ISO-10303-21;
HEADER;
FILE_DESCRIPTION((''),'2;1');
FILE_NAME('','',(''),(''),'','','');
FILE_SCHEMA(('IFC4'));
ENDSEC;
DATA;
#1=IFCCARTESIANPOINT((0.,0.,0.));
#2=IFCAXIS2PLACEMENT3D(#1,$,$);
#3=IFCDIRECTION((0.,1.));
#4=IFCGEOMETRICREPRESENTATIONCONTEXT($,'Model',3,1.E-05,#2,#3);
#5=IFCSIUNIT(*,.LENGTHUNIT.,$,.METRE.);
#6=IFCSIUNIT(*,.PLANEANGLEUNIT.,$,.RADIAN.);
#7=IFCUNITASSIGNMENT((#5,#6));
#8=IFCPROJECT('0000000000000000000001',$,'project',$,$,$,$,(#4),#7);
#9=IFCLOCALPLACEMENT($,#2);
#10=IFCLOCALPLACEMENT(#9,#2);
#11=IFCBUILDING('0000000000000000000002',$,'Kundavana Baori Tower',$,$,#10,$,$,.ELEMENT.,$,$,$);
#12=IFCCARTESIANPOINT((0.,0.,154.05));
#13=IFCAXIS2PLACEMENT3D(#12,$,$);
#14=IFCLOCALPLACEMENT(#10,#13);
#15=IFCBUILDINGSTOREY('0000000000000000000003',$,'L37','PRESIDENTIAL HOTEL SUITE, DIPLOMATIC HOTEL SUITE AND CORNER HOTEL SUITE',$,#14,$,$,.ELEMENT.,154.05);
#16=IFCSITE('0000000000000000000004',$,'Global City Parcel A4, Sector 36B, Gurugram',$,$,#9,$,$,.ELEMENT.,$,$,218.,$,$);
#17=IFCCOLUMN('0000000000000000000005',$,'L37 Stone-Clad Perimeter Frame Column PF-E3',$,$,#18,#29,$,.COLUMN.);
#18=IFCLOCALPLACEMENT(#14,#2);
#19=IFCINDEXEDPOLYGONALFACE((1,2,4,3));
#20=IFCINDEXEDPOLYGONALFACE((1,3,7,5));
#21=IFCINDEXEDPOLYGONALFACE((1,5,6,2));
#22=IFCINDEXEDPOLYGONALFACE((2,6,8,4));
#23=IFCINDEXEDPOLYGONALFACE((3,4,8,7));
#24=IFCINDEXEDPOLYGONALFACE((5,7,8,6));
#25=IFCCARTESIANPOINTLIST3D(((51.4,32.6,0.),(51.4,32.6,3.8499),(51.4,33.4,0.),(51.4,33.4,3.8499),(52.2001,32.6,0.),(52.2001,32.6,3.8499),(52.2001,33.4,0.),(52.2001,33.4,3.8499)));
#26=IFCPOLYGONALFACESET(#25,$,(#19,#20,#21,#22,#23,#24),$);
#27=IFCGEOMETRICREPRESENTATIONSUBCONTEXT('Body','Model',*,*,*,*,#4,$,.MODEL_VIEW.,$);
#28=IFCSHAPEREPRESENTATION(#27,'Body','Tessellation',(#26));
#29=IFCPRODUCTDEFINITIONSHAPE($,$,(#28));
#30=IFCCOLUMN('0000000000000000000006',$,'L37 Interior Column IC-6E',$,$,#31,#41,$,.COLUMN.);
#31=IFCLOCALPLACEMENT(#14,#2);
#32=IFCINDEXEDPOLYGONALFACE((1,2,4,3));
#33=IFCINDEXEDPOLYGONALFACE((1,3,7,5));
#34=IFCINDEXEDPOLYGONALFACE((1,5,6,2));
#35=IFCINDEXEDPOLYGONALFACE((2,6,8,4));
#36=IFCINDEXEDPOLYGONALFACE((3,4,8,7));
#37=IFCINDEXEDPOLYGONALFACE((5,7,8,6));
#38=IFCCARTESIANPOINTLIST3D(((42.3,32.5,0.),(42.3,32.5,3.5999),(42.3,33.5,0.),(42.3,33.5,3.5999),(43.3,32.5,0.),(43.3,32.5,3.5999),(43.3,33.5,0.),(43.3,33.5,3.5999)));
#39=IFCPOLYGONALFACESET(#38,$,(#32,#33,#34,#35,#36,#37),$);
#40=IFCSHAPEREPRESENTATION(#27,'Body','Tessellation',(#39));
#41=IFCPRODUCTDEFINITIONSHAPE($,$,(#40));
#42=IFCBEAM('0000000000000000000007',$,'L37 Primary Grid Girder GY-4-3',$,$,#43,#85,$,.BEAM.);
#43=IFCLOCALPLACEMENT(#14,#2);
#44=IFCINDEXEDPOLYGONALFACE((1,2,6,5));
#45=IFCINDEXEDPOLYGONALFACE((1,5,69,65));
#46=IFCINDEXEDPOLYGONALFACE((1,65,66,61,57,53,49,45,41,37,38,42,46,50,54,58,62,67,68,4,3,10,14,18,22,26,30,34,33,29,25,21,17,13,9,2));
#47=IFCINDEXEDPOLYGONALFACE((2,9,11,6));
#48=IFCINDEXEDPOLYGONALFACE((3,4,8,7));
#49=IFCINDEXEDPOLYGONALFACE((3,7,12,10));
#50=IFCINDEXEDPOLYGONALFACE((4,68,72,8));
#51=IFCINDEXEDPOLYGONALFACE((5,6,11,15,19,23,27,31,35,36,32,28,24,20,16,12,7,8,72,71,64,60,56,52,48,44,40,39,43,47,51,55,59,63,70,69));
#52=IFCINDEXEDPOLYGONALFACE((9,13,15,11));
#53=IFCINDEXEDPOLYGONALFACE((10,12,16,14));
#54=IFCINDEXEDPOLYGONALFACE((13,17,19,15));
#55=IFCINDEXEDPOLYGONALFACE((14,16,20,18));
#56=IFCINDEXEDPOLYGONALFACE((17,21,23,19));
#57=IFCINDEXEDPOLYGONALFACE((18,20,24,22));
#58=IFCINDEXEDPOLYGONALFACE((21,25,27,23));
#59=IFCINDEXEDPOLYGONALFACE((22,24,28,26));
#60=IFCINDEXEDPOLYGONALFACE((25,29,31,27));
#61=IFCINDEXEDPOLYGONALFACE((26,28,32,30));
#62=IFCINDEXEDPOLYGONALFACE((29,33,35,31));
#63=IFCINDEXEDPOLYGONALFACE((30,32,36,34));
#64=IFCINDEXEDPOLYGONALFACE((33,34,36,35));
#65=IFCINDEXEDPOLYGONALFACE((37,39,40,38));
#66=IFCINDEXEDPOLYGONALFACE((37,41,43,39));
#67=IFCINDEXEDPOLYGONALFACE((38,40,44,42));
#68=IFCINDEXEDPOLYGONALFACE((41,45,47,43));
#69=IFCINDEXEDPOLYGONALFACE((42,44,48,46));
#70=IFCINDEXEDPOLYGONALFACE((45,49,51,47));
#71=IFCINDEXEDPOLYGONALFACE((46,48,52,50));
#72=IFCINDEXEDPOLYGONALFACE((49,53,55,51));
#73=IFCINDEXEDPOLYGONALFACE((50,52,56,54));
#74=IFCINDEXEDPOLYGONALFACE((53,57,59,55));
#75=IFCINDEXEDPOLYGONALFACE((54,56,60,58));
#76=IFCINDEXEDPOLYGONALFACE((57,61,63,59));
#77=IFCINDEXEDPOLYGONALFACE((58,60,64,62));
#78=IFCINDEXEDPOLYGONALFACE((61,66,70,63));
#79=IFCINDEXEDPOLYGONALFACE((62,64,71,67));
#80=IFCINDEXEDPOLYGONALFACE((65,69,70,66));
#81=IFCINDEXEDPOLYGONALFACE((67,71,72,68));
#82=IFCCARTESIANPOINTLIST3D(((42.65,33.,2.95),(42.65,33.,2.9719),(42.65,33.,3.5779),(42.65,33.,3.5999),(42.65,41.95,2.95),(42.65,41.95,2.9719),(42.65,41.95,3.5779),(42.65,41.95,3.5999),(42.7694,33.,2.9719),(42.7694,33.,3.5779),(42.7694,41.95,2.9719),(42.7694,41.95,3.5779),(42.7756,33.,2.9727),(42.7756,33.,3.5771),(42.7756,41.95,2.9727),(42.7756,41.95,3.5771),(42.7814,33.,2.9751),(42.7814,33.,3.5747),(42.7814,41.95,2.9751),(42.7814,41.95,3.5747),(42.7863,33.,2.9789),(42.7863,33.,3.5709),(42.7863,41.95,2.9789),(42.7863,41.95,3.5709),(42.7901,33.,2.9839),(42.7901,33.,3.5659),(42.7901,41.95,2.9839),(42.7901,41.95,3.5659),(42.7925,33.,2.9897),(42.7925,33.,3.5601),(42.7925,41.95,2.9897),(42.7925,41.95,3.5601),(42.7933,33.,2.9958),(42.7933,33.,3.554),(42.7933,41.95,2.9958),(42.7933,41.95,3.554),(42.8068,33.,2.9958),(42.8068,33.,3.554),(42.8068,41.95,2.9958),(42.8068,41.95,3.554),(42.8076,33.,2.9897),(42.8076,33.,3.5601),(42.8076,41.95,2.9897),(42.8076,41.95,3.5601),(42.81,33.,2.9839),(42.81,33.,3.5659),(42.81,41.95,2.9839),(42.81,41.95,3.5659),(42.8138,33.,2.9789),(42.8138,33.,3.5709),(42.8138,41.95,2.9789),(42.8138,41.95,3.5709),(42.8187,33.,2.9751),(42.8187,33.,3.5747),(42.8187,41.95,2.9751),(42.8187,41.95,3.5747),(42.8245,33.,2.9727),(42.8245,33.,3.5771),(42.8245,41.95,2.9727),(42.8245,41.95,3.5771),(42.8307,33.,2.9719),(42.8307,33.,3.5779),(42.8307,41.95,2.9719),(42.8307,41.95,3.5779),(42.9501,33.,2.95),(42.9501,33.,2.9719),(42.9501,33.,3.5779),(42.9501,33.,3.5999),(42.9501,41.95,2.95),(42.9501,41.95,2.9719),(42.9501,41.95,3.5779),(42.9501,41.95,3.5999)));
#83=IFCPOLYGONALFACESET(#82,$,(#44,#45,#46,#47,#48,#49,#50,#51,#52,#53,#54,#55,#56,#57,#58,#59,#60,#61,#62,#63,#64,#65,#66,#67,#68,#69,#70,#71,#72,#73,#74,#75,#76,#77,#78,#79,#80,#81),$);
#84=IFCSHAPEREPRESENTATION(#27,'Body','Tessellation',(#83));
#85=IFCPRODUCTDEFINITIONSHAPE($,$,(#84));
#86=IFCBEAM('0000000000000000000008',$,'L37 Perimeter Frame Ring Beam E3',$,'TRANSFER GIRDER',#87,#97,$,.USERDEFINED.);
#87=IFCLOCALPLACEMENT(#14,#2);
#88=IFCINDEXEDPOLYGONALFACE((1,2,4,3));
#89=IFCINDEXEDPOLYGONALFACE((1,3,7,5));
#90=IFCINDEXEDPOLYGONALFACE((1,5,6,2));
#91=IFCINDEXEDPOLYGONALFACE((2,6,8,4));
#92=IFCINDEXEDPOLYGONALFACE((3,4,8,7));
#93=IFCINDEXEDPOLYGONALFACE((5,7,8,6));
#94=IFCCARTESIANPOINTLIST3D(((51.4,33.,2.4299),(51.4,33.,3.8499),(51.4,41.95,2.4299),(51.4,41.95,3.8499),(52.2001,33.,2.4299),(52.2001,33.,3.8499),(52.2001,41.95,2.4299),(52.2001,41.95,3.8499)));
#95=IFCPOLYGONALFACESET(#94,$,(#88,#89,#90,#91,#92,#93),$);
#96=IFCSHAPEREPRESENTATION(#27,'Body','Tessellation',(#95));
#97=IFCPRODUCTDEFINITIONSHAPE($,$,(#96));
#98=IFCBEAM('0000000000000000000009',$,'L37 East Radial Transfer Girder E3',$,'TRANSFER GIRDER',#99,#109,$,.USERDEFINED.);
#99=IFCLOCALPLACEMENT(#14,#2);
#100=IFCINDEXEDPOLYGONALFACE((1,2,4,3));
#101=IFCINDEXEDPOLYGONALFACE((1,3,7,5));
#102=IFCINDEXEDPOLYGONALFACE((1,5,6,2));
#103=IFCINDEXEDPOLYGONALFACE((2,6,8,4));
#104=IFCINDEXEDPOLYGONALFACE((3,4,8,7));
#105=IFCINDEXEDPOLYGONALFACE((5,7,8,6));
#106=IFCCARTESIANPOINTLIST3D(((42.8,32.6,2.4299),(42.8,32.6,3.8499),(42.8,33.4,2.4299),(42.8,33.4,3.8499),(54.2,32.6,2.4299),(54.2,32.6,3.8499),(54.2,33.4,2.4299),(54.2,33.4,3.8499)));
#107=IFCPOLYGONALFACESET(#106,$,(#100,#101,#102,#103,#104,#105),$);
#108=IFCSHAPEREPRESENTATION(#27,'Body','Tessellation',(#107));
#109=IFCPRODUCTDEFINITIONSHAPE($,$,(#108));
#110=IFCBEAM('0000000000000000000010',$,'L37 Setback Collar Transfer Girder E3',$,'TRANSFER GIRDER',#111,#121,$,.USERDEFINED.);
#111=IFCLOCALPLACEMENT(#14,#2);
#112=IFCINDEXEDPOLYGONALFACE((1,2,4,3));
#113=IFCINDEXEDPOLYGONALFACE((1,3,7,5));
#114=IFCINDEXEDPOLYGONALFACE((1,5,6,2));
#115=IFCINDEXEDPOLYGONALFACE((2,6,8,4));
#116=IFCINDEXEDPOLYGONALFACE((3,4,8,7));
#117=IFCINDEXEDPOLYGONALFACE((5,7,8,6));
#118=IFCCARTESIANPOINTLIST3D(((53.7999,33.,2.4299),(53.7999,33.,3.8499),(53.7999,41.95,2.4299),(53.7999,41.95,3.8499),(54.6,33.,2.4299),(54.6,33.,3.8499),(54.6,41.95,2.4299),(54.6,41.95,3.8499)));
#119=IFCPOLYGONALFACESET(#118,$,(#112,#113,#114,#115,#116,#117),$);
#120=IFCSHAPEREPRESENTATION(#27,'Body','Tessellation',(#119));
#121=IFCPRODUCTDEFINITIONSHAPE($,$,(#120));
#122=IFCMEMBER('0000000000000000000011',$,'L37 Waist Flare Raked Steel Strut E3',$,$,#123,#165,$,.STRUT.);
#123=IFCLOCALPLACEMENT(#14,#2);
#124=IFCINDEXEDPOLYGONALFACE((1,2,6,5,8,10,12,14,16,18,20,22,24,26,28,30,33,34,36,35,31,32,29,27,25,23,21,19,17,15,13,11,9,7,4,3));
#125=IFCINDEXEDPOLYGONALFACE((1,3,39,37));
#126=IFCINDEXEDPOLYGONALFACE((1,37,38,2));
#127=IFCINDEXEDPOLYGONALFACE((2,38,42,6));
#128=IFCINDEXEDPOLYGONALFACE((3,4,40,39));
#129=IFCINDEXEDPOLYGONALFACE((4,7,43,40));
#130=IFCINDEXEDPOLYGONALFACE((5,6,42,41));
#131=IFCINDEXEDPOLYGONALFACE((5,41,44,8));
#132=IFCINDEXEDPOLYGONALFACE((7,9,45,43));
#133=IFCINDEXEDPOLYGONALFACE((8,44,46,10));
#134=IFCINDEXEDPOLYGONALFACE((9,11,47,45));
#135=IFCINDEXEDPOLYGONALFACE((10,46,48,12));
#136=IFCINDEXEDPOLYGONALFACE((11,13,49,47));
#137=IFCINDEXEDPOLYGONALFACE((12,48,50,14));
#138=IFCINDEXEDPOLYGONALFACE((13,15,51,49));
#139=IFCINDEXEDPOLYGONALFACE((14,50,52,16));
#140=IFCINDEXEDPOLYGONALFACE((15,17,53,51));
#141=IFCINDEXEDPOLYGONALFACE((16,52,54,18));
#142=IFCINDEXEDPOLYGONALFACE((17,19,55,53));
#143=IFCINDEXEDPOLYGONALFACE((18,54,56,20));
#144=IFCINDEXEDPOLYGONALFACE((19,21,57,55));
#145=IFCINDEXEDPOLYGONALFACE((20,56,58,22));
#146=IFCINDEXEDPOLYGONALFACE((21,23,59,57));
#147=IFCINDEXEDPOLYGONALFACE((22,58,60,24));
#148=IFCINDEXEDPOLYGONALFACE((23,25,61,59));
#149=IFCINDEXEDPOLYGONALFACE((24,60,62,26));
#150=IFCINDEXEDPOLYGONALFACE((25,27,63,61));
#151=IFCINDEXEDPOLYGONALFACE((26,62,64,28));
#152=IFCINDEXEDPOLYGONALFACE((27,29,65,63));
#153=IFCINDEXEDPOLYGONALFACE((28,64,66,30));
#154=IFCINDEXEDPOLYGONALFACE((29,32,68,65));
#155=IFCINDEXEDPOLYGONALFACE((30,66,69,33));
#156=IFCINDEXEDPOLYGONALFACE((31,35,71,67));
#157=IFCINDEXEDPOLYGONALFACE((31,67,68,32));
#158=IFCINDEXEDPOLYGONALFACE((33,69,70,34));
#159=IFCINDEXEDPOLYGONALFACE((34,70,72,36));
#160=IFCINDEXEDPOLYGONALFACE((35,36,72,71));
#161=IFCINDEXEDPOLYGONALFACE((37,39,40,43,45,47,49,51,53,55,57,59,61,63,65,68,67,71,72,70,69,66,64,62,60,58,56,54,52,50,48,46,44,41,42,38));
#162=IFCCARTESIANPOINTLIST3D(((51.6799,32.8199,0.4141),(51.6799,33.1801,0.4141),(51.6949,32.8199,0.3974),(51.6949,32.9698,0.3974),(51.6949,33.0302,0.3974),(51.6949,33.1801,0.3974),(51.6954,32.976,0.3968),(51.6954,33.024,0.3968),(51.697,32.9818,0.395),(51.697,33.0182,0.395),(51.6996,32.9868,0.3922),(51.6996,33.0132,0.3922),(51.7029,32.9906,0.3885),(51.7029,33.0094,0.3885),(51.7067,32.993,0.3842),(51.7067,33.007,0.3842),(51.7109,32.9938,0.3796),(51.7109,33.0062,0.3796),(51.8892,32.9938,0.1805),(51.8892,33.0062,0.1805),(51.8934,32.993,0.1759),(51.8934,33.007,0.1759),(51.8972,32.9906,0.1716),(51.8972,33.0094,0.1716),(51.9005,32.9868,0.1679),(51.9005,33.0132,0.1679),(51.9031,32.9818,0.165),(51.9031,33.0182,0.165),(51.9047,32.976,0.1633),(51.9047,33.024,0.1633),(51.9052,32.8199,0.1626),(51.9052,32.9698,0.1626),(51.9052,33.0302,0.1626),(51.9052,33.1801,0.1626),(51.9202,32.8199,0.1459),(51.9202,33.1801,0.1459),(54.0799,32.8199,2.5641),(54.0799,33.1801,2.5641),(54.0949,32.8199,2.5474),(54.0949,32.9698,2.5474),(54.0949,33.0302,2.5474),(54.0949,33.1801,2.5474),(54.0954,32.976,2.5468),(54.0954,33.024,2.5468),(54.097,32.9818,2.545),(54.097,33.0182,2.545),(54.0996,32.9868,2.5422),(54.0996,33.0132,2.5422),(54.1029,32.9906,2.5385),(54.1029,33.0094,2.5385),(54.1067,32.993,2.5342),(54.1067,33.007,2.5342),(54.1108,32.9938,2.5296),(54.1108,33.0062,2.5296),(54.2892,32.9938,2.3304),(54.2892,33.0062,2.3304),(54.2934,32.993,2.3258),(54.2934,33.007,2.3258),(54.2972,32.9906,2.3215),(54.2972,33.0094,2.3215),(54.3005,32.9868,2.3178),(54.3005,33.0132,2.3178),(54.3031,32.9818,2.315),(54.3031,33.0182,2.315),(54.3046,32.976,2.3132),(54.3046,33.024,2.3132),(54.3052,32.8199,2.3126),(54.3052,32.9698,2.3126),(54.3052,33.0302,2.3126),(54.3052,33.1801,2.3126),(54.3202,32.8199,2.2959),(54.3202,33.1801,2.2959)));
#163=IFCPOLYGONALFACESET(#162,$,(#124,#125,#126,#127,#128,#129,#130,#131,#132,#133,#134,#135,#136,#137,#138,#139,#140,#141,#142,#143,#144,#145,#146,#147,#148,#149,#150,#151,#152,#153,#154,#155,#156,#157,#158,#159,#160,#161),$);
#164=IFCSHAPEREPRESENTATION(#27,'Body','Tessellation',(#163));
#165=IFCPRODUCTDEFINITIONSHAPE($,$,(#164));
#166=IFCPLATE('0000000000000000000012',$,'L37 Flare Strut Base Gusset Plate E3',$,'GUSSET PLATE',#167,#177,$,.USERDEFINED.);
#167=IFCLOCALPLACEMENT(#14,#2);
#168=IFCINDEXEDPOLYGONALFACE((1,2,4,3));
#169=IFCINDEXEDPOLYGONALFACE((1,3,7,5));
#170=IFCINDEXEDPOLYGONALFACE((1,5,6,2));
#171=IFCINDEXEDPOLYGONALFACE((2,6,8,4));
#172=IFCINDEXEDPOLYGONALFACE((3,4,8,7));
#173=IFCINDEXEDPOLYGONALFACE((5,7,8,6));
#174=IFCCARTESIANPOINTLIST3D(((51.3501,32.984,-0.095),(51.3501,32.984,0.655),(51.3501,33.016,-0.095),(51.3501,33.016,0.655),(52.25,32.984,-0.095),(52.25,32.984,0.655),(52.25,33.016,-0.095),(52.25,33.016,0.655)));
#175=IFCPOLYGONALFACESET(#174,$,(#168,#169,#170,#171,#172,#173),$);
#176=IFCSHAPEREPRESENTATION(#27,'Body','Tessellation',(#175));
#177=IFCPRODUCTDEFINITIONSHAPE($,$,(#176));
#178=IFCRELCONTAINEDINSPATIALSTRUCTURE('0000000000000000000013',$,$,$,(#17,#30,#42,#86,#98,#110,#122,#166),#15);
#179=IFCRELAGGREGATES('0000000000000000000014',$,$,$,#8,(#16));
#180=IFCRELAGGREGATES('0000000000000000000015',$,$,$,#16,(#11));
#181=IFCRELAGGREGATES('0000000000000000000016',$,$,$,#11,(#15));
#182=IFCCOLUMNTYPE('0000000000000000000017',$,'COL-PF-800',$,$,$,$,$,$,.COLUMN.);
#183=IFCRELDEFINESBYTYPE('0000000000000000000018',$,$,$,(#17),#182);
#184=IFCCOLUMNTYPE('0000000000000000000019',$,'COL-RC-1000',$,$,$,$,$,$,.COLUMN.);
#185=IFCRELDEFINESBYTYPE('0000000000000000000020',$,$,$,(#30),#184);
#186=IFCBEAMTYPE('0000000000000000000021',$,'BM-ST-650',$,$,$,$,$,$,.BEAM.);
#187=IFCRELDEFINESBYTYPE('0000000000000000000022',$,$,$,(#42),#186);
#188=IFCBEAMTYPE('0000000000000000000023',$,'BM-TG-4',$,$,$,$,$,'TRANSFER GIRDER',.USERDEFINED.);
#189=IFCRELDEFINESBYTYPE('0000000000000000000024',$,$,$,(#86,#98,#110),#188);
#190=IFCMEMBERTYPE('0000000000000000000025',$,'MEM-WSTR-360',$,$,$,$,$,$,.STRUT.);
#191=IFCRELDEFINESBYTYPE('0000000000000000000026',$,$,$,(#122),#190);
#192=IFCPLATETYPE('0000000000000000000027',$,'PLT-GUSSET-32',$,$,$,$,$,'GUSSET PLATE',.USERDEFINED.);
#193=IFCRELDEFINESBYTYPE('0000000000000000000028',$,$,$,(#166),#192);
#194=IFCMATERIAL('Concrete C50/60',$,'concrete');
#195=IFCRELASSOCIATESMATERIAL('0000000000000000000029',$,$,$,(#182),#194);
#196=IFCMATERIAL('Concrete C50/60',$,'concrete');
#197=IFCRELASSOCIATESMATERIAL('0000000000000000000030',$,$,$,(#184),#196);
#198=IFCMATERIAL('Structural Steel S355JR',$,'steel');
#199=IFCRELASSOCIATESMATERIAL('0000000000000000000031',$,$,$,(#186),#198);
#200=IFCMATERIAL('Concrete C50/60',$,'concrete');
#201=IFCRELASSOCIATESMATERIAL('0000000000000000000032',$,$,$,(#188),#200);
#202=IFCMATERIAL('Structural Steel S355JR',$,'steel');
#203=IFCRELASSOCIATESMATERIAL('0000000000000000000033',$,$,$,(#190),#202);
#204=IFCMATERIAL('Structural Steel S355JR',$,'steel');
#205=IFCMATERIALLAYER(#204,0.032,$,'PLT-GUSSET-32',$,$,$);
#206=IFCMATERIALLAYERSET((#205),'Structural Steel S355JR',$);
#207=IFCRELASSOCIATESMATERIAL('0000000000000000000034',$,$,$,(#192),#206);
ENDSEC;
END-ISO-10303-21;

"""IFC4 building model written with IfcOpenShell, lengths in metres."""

from ifc_helpers import new_model, si_unit, direction, frame, origin, origin_2d, place, context, subcontext, project, spatial, rectangle, i_section, extrude, material, layer, layer_set, material_profile, profile_set, type_object, element, save


model = new_model("IFC4")

# Units and contexts
model_context = context("Model", 3, precision=1e-05, world=origin(), true_north=direction((0.0, 1.0)))
body_context = subcontext(model_context, "Body", "Model", "MODEL_VIEW")
ifc_project = project(units=[si_unit("LENGTHUNIT", "METRE"), si_unit("PLANEANGLEUNIT", "RADIAN")], contexts=[model_context])

# Site, building, storey
site_placement = place(None, origin())
site = spatial("IfcSite", under=ifc_project, at=site_placement, Name="Global City Parcel A4, Sector 36B, Gurugram", CompositionType="ELEMENT", RefElevation=218.0)
building_placement = place(site_placement, origin())
building = spatial("IfcBuilding", under=site, at=building_placement, Name="Kundavana Baori Tower", CompositionType="ELEMENT")
storey_placement = place(building_placement, frame((0.0, 0.0, 154.05)))
storey = spatial("IfcBuildingStorey", under=building, at=storey_placement, Name="L37", Description="PRESIDENTIAL HOTEL SUITE, DIPLOMATIC HOTEL SUITE AND CORNER HOTEL SUITE", CompositionType="ELEMENT", Elevation=154.05)

# Columns
ifc_material_1 = material(Name="Concrete C50/60", Category="concrete")
ifc_material_profile_1 = material_profile(ifc_material_1, rectangle(XDim=0.8, YDim=0.8, at=origin_2d()), Name="RC PF 800x800")
ifc_profile_set_1 = profile_set([ifc_material_profile_1], Name="Concrete C50/60")
column_type_1 = type_object("IfcColumnType", Name="COL-PF-800", PredefinedType="COLUMN", material=ifc_profile_set_1)
column_1_placement = place(storey_placement, frame((51.8, 33.0, 0.0), z_axis=(0.0, 0.0, 1.0), x_axis=(1.0, 0.0, 0.0)))
element("IfcColumn", 1, at=column_1_placement, inside=storey, type_object=column_type_1, Name="L37 Stone-Clad Perimeter Frame Column PF-E3", PredefinedType="COLUMN", context=body_context, shape_type="SweptSolid", body=[
    extrude(rectangle(XDim=0.8, YDim=0.8, at=origin_2d()), origin(), (0.0, 0.0, 1.0), 3.8499),
])
ifc_material_2 = material(Name="Concrete C50/60", Category="concrete")
ifc_material_profile_2 = material_profile(ifc_material_2, rectangle(XDim=1.0, YDim=1.0, at=origin_2d()), Name="RC 1000x1000")
ifc_profile_set_2 = profile_set([ifc_material_profile_2], Name="Concrete C50/60")
column_type_2 = type_object("IfcColumnType", Name="COL-RC-1000", PredefinedType="COLUMN", material=ifc_profile_set_2)
column_2_placement = place(storey_placement, frame((42.8, 33.0, 0.0), z_axis=(0.0, 0.0, 1.0), x_axis=(1.0, 0.0, 0.0)))
element("IfcColumn", 2, at=column_2_placement, inside=storey, type_object=column_type_2, Name="L37 Interior Column IC-6E", PredefinedType="COLUMN", context=body_context, shape_type="SweptSolid", body=[
    extrude(rectangle(XDim=1.0, YDim=1.0, at=origin_2d()), origin(), (0.0, 0.0, 1.0), 3.5999),
])

# Beams
ifc_material_3 = material(Name="Structural Steel S355JR", Category="steel")
ifc_material_profile_3 = material_profile(ifc_material_3, i_section(OverallWidth=0.3, OverallDepth=0.6499, WebThickness=0.0134, FlangeThickness=0.022, FilletRadius=0.0239, at=origin_2d()), Name="NPB 650x300x155")
ifc_profile_set_3 = profile_set([ifc_material_profile_3], Name="Structural Steel S355JR")
beam_type_1 = type_object("IfcBeamType", Name="BM-ST-650", PredefinedType="BEAM", material=ifc_profile_set_3)
beam_1_placement = place(storey_placement, frame((42.8, 33.0, 3.2749), z_axis=(0.0, 1.0, 0.0), x_axis=(-1.0, 0.0, 0.0)))
element("IfcBeam", 3, at=beam_1_placement, inside=storey, type_object=beam_type_1, Name="L37 Primary Grid Girder GY-4-3", PredefinedType="BEAM", context=body_context, shape_type="SweptSolid", body=[
    extrude(i_section(OverallWidth=0.3, OverallDepth=0.6499, WebThickness=0.0134, FlangeThickness=0.022, FilletRadius=0.0239, at=origin_2d()), origin(), (0.0, 0.0, 1.0), 8.95),
])
ifc_material_4 = material(Name="Concrete C50/60", Category="concrete")
ifc_material_profile_4 = material_profile(ifc_material_4, rectangle(XDim=0.8, YDim=1.4199, at=origin_2d()), Name="BM-TG-4")
ifc_profile_set_4 = profile_set([ifc_material_profile_4], Name="Concrete C50/60")
beam_type_2 = type_object("IfcBeamType", Name="BM-TG-4", ElementType="TRANSFER GIRDER", PredefinedType="USERDEFINED", material=ifc_profile_set_4)
beam_2_placement = place(storey_placement, frame((51.8, 33.0, 3.1399), z_axis=(0.0, 1.0, 0.0), x_axis=(-1.0, 0.0, 0.0)))
element("IfcBeam", 4, at=beam_2_placement, inside=storey, type_object=beam_type_2, Name="L37 Perimeter Frame Ring Beam E3", ObjectType="TRANSFER GIRDER", PredefinedType="USERDEFINED", context=body_context, shape_type="SweptSolid", body=[
    extrude(rectangle(XDim=0.8, YDim=1.4199, at=origin_2d()), origin(), (0.0, 0.0, 1.0), 8.95),
])
beam_3_placement = place(storey_placement, frame((42.8, 33.0, 3.1399), z_axis=(1.0, 0.0, 0.0), x_axis=(0.0, 1.0, 0.0)))
element("IfcBeam", 5, at=beam_3_placement, inside=storey, type_object=beam_type_2, Name="L37 East Radial Transfer Girder E3", ObjectType="TRANSFER GIRDER", PredefinedType="USERDEFINED", context=body_context, shape_type="SweptSolid", body=[
    extrude(rectangle(XDim=0.8, YDim=1.4199, at=origin_2d()), origin(), (0.0, 0.0, 1.0), 11.3999),
])
beam_4_placement = place(storey_placement, frame((54.2, 33.0, 3.1399), z_axis=(0.0, 1.0, 0.0), x_axis=(-1.0, 0.0, 0.0)))
element("IfcBeam", 6, at=beam_4_placement, inside=storey, type_object=beam_type_2, Name="L37 Setback Collar Transfer Girder E3", ObjectType="TRANSFER GIRDER", PredefinedType="USERDEFINED", context=body_context, shape_type="SweptSolid", body=[
    extrude(rectangle(XDim=0.8, YDim=1.4199, at=origin_2d()), origin(), (0.0, 0.0, 1.0), 8.95),
])

# Member
ifc_material_5 = material(Name="Structural Steel S355JR", Category="steel")
ifc_material_profile_5 = material_profile(ifc_material_5, i_section(OverallWidth=0.3601, OverallDepth=0.3601, WebThickness=0.0125, FlangeThickness=0.0225, FilletRadius=0.0239, at=origin_2d()), Name="WPB 360x360x142")
ifc_profile_set_5 = profile_set([ifc_material_profile_5], Name="Structural Steel S355JR")
member_type = type_object("IfcMemberType", Name="MEM-WSTR-360", PredefinedType="STRUT", material=ifc_profile_set_5)
member_placement = place(storey_placement, frame((51.8, 33.0, 0.28), z_axis=(0.744837, 0.0, 0.667247), x_axis=(0.0, 1.0, 0.0)))
element("IfcMember", 7, at=member_placement, inside=storey, type_object=member_type, Name="L37 Waist Flare Raked Steel Strut E3", PredefinedType="STRUT", context=body_context, shape_type="SweptSolid", body=[
    extrude(i_section(OverallWidth=0.3601, OverallDepth=0.3601, WebThickness=0.0125, FlangeThickness=0.0225, FilletRadius=0.0239, at=origin_2d()), origin(), (0.0, 0.0, 1.0), 3.2222),
])

# Plate
ifc_material_6 = material(Name="Structural Steel S355JR", Category="steel")
ifc_layer_1 = layer(ifc_material_6, 0.032, Name="PLT-GUSSET-32")
ifc_layer_set_1 = layer_set([ifc_layer_1], Name="Structural Steel S355JR")
plate_type = type_object("IfcPlateType", Name="PLT-GUSSET-32", ElementType="GUSSET PLATE", PredefinedType="USERDEFINED", material=ifc_layer_set_1)
for number, where, z_axis, x_axis, name in (
    (8, (51.8, 33.0, -0.095), (0.0, 0.0, 1.0), (1.0, 0.0, 0.0), "L37 Flare Strut Base Gusset Plate E3"),
):
    element("IfcPlate", number, at=place(storey_placement, frame(where, z_axis=z_axis, x_axis=x_axis)), inside=storey, type_object=plate_type, Name=name, ObjectType="GUSSET PLATE", PredefinedType="USERDEFINED", context=body_context, shape_type="SweptSolid", body=[
        extrude(rectangle(XDim=0.8999, YDim=0.032, at=origin_2d()), origin(), (0.0, 0.0, 1.0), 0.75),
    ])

save(model, "model.ifc")
